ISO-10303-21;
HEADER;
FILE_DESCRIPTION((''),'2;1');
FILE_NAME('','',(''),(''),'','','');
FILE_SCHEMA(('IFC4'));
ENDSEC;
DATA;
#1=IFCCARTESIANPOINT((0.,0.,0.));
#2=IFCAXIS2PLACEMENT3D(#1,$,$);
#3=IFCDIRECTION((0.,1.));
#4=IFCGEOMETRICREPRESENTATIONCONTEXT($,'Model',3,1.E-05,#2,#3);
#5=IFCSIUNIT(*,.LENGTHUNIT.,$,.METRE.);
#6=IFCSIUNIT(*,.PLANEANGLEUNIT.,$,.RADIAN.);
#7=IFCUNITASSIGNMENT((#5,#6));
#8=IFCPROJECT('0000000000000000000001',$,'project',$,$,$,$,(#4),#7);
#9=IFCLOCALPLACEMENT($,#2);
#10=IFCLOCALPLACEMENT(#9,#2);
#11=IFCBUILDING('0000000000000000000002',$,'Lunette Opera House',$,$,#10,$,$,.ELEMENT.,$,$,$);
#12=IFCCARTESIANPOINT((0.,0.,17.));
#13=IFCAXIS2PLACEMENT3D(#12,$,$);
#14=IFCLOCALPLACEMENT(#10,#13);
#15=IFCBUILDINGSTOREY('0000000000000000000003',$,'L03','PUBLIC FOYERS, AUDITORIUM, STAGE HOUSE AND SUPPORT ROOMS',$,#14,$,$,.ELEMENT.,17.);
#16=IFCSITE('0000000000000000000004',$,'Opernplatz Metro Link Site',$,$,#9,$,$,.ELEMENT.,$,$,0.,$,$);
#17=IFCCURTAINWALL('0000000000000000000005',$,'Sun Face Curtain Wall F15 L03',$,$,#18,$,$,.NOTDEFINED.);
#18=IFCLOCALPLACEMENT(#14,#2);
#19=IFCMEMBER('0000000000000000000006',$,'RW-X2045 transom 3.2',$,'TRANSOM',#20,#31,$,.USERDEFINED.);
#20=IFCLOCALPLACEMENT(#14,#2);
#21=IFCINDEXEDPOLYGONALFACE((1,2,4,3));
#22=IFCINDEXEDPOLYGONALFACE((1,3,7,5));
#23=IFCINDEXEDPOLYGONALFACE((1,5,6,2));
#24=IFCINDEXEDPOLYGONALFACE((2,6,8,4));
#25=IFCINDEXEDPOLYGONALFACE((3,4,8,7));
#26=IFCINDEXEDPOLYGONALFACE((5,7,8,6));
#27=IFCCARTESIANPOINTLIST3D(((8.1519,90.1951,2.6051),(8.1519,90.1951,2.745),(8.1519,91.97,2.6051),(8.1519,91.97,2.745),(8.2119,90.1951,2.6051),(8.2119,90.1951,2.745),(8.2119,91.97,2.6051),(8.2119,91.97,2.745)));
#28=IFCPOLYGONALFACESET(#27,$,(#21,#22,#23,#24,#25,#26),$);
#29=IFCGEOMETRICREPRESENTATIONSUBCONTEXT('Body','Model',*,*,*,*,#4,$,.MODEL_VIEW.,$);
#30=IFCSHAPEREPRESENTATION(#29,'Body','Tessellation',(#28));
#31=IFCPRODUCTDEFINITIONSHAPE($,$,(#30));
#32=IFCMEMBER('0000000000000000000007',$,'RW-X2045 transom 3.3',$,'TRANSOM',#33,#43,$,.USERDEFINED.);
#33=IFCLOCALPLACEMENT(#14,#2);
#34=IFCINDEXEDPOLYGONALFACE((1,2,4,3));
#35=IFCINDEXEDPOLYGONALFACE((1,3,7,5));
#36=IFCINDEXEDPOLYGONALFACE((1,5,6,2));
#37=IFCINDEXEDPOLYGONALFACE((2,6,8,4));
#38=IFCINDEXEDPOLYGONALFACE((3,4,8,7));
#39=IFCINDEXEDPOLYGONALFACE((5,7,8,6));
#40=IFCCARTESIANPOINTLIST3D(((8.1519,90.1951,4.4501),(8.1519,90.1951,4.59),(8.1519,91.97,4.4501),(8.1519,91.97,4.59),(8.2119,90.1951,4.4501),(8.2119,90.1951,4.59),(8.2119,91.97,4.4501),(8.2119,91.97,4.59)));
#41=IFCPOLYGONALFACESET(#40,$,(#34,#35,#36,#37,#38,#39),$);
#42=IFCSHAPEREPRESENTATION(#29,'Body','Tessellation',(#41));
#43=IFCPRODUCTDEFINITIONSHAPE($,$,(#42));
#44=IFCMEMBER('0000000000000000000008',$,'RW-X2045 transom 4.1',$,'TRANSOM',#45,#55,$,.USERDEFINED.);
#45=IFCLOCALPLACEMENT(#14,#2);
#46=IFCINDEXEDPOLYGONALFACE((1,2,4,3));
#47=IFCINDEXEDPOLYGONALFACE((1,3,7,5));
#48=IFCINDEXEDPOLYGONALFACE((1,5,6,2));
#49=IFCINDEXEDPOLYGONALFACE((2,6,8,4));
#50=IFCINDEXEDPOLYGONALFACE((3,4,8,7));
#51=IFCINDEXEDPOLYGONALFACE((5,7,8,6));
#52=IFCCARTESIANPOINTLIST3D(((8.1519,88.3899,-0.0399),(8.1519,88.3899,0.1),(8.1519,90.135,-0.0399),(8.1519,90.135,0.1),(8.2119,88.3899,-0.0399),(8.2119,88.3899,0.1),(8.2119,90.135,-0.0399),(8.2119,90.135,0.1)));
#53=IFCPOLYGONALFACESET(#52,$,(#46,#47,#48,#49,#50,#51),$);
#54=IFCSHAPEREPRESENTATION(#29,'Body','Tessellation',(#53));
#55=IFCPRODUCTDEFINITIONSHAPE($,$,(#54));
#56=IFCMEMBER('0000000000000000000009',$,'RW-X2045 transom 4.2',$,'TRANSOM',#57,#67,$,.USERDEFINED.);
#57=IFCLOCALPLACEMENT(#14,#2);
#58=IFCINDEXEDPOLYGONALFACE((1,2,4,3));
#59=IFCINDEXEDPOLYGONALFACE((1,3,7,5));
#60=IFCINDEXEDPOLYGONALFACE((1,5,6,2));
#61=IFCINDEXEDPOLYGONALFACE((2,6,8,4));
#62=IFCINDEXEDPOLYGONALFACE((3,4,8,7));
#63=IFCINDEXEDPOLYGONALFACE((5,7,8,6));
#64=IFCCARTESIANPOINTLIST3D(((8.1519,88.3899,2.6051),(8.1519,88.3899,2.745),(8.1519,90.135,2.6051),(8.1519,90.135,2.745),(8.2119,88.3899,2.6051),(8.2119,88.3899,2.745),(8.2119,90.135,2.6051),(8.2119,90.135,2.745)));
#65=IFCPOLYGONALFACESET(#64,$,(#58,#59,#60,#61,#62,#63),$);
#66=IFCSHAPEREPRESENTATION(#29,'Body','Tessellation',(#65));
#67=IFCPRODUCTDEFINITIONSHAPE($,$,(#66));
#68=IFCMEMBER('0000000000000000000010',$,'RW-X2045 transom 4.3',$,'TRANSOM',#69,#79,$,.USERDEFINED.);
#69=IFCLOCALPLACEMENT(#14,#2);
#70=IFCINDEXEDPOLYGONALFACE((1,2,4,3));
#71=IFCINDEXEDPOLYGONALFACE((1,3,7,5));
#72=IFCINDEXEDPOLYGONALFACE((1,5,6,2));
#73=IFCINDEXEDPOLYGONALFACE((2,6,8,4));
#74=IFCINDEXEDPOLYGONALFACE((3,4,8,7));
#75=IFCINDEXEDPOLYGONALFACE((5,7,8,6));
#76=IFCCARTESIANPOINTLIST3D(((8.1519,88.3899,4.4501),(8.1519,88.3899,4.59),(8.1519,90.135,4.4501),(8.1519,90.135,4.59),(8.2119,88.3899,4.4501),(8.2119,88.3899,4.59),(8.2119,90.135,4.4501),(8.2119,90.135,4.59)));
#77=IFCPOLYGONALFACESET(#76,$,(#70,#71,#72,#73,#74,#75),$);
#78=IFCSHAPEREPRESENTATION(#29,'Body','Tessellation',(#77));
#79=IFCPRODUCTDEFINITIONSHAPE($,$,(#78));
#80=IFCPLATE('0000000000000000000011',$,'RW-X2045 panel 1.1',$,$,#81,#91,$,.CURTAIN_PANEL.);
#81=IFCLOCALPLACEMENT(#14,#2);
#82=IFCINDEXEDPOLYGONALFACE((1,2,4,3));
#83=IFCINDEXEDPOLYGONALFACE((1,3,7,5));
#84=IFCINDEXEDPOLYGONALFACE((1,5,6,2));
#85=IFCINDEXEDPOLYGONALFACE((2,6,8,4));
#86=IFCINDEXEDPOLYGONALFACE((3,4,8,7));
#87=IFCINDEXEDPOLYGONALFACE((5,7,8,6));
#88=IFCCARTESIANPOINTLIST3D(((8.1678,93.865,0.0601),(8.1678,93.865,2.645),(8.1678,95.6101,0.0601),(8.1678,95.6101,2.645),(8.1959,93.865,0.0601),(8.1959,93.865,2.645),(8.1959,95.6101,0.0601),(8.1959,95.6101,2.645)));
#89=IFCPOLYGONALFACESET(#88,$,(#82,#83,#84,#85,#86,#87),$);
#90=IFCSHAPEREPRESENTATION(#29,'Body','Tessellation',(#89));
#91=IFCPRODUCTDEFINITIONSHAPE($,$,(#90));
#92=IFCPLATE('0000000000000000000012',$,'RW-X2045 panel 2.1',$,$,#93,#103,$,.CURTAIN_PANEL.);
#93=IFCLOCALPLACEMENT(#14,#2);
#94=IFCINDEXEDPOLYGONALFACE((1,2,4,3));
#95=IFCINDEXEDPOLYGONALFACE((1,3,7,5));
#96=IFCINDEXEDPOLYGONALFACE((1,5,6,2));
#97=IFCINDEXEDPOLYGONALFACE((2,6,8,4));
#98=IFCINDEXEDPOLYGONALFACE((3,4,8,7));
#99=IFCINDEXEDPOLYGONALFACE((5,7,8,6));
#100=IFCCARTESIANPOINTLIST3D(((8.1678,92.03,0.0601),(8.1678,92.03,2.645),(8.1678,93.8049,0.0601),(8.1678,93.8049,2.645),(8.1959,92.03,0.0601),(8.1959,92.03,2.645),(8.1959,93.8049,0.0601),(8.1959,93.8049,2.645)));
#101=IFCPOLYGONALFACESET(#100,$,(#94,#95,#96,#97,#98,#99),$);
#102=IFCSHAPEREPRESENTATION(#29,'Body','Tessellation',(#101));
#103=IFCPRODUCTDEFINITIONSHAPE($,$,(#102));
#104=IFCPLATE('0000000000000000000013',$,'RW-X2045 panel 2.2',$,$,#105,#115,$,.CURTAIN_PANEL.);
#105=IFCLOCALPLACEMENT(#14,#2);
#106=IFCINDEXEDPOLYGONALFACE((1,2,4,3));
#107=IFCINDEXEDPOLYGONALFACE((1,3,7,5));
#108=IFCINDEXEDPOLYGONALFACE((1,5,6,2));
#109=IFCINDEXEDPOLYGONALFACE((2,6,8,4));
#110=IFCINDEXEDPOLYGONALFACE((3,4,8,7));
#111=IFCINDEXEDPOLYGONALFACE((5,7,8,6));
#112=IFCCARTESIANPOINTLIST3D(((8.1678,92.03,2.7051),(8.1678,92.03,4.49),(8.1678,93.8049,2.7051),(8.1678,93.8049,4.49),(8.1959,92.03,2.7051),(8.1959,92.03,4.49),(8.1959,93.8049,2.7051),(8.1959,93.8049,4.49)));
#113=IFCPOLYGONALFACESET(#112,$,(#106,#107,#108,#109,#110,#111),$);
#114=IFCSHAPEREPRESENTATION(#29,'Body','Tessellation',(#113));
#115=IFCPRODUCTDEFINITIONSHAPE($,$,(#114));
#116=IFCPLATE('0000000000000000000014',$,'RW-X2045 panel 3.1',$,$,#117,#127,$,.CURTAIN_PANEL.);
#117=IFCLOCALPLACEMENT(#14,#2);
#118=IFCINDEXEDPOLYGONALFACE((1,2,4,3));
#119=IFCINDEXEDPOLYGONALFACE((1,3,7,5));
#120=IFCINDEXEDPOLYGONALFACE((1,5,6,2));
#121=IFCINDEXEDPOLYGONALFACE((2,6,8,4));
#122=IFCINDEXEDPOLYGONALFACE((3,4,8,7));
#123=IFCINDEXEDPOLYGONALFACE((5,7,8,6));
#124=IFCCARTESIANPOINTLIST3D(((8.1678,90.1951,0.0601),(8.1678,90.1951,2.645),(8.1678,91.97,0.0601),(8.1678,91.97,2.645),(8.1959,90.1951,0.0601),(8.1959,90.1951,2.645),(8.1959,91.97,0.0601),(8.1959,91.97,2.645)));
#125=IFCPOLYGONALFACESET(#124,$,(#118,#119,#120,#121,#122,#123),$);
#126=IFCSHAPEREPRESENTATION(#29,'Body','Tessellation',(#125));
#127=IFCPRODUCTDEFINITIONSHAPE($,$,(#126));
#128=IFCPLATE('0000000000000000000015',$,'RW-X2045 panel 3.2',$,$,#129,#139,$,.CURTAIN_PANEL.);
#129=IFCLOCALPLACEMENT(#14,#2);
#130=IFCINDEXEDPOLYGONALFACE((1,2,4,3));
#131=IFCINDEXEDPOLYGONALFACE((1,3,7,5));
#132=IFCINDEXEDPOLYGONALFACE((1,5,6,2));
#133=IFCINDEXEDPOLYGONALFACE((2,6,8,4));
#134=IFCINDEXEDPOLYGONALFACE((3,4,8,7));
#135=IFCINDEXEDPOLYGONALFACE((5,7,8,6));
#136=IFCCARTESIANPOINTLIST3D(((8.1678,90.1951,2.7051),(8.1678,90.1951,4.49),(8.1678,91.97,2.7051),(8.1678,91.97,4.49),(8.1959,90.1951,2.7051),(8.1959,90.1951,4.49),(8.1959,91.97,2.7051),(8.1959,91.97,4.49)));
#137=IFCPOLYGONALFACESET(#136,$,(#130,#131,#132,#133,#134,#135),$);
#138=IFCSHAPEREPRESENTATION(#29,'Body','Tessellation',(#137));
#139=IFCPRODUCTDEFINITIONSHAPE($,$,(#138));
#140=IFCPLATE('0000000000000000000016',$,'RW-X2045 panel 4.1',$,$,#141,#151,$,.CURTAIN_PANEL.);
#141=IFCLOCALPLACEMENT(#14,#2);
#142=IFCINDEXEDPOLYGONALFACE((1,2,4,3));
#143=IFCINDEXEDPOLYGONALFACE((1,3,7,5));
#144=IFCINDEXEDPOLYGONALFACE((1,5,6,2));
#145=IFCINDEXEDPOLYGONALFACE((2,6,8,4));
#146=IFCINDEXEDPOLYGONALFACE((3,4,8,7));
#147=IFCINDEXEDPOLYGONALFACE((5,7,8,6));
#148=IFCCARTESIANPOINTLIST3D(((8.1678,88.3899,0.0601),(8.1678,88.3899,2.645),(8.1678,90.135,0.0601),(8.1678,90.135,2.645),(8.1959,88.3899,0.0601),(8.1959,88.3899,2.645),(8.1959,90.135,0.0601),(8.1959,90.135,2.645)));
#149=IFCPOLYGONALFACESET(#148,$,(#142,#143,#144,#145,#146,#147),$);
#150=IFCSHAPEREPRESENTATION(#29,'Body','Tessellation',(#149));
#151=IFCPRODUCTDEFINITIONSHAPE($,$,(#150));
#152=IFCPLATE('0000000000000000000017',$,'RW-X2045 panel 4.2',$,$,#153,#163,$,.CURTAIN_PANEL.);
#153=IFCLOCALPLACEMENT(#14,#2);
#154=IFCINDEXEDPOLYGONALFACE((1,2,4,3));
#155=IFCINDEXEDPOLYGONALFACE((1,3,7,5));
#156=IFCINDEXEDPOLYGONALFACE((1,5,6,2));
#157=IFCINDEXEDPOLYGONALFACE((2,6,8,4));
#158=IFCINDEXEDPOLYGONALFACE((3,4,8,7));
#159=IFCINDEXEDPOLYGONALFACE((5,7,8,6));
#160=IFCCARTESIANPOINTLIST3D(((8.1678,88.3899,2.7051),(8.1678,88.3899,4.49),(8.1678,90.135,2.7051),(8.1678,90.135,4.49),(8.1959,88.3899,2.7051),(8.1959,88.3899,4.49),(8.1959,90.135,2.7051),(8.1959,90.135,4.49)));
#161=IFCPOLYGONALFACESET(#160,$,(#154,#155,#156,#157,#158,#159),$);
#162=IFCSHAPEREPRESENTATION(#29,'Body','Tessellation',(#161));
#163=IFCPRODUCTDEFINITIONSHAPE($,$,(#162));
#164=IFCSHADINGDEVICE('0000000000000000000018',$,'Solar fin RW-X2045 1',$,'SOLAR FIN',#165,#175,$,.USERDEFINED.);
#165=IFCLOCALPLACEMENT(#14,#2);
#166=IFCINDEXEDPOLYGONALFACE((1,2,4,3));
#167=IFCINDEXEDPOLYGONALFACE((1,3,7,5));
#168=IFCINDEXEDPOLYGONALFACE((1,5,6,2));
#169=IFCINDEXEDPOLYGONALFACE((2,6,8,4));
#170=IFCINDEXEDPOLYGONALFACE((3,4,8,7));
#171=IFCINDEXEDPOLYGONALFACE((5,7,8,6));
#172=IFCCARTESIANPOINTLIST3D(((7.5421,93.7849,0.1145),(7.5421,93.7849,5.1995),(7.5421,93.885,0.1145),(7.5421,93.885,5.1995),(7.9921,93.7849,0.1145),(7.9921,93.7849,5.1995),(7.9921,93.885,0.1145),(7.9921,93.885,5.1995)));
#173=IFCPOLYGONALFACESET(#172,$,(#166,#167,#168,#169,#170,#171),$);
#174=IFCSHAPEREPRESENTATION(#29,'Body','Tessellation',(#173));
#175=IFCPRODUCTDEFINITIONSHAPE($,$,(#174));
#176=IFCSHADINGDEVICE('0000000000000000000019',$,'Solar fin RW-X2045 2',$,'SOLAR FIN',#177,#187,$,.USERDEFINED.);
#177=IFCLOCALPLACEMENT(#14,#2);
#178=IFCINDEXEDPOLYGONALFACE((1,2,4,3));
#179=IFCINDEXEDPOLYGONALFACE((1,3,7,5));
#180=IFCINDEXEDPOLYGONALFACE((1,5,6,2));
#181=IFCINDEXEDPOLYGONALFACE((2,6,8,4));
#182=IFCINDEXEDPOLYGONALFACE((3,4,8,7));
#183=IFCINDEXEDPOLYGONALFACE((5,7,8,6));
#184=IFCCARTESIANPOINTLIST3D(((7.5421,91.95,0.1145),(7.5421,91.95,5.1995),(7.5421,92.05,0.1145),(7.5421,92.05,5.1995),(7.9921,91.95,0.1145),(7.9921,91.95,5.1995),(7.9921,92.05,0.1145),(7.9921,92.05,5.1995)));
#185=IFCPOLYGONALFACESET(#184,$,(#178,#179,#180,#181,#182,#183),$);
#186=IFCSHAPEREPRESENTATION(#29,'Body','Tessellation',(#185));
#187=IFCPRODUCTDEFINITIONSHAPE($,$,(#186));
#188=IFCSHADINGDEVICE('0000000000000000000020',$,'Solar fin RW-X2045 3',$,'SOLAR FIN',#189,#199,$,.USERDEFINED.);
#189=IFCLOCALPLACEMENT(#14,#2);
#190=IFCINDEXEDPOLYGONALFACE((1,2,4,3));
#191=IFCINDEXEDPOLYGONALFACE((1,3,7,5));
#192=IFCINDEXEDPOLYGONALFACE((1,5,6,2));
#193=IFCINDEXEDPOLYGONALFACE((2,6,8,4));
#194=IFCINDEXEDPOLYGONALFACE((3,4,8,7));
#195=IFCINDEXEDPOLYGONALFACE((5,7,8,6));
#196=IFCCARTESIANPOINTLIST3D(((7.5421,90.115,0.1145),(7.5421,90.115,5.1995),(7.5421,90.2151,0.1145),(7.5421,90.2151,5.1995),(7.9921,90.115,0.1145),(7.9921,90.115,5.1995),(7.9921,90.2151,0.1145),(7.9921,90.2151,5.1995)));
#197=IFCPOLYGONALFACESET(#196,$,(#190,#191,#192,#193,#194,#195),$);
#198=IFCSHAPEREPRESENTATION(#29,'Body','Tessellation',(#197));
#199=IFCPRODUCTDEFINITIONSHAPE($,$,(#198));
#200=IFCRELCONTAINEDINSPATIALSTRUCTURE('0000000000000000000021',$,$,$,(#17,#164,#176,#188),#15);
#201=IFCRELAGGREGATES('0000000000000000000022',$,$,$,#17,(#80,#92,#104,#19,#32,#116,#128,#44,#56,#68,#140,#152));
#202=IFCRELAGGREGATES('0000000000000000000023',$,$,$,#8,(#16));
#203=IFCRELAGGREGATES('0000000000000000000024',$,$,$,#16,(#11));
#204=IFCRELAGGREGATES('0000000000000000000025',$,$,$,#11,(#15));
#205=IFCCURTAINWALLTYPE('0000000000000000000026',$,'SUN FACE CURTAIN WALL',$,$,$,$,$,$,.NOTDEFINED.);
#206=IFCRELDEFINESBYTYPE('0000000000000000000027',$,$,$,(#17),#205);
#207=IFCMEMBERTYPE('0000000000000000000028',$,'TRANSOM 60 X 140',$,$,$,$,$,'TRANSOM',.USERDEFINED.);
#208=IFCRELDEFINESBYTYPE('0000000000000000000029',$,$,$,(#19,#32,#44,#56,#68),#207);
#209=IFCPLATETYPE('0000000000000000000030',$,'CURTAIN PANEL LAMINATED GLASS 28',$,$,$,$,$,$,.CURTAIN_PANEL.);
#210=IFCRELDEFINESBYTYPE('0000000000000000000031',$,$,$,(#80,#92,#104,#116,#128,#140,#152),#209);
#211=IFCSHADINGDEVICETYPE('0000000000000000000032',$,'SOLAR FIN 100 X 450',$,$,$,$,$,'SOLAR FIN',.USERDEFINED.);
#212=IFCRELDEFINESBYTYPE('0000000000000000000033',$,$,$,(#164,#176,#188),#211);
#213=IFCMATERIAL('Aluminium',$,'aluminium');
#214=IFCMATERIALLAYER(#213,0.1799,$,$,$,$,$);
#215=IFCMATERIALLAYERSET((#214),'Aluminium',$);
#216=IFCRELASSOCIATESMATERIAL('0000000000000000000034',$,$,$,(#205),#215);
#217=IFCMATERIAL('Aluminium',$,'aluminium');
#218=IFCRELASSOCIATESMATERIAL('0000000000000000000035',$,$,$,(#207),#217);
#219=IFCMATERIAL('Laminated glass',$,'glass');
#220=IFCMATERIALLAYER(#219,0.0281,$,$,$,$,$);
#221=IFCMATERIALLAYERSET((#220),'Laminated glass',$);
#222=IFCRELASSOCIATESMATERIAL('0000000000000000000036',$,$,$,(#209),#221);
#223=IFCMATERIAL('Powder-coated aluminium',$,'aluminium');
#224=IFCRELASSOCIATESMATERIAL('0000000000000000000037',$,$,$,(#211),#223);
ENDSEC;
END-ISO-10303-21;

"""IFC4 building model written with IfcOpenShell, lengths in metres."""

from ifc_helpers import new_model, si_unit, direction, frame, origin, origin_2d, place, context, subcontext, project, spatial, rectangle, extrude, material, layer, layer_set, material_profile, profile_set, type_object, element, aggregate, save


model = new_model("IFC4")

# Units and contexts
model_context = context("Model", 3, precision=1e-05, world=origin(), true_north=direction((0.0, 1.0)))
body_context = subcontext(model_context, "Body", "Model", "MODEL_VIEW")
ifc_project = project(units=[si_unit("LENGTHUNIT", "METRE"), si_unit("PLANEANGLEUNIT", "RADIAN")], contexts=[model_context])

# Site, building, storey
site_placement = place(None, origin())
site = spatial("IfcSite", under=ifc_project, at=site_placement, Name="Opernplatz Metro Link Site", CompositionType="ELEMENT", RefElevation=0.0)
building_placement = place(site_placement, origin())
building = spatial("IfcBuilding", under=site, at=building_placement, Name="Lunette Opera House", CompositionType="ELEMENT")
storey_placement = place(building_placement, frame((0.0, 0.0, 17.0)))
storey = spatial("IfcBuildingStorey", under=building, at=storey_placement, Name="L03", Description="PUBLIC FOYERS, AUDITORIUM, STAGE HOUSE AND SUPPORT ROOMS", CompositionType="ELEMENT", Elevation=17.0)

# Curtain wall
ifc_material_1 = material(Name="Aluminium", Category="aluminium")
ifc_layer_1 = layer(ifc_material_1, 0.1799)
ifc_layer_set_1 = layer_set([ifc_layer_1], Name="Aluminium")
curtain_wall_type = type_object("IfcCurtainWallType", Name="SUN FACE CURTAIN WALL", PredefinedType="NOTDEFINED", material=ifc_layer_set_1)
curtain_wall_placement = place(storey_placement, origin())
curtain_wall = element("IfcCurtainWall", 1, at=curtain_wall_placement, inside=storey, type_object=curtain_wall_type, Name="Sun Face Curtain Wall F15 L03", PredefinedType="NOTDEFINED")

# Members
ifc_material_2 = material(Name="Aluminium", Category="aluminium")
ifc_material_profile_1 = material_profile(ifc_material_2, rectangle(XDim=0.0601, YDim=0.1399, at=origin_2d()), Name="TRANSOM 60 X 140")
ifc_profile_set_1 = profile_set([ifc_material_profile_1], Name="Aluminium")
member_type_1 = type_object("IfcMemberType", Name="TRANSOM 60 X 140", ElementType="TRANSOM", PredefinedType="USERDEFINED", material=ifc_profile_set_1)
member_1_placement = place(storey_placement, frame((8.1819, 91.97, 2.675), z_axis=(0.0, -1.0, 0.0), x_axis=(1.0, 0.0, 0.0)))
member_1 = element("IfcMember", 2, at=member_1_placement, type_object=member_type_1, Name="RW-X2045 transom 3.2", ObjectType="TRANSOM", PredefinedType="USERDEFINED", context=body_context, shape_type="SweptSolid", body=[
    extrude(rectangle(XDim=0.0601, YDim=0.1399, at=origin_2d()), origin(), (0.0, 0.0, 1.0), 1.7749),
])
member_2_placement = place(storey_placement, frame((8.1819, 91.97, 4.52), z_axis=(0.0, -1.0, 0.0), x_axis=(1.0, 0.0, 0.0)))
member_2 = element("IfcMember", 3, at=member_2_placement, type_object=member_type_1, Name="RW-X2045 transom 3.3", ObjectType="TRANSOM", PredefinedType="USERDEFINED", context=body_context, shape_type="SweptSolid", body=[
    extrude(rectangle(XDim=0.0601, YDim=0.1399, at=origin_2d()), origin(), (0.0, 0.0, 1.0), 1.7749),
])
member_3_placement = place(storey_placement, frame((8.1819, 90.135, 0.03), z_axis=(0.0, -1.0, 0.0), x_axis=(1.0, 0.0, 0.0)))
member_3 = element("IfcMember", 4, at=member_3_placement, type_object=member_type_1, Name="RW-X2045 transom 4.1", ObjectType="TRANSOM", PredefinedType="USERDEFINED", context=body_context, shape_type="SweptSolid", body=[
    extrude(rectangle(XDim=0.0601, YDim=0.1399, at=origin_2d()), origin(), (0.0, 0.0, 1.0), 1.7451),
])
member_4_placement = place(storey_placement, frame((8.1819, 90.135, 2.675), z_axis=(0.0, -1.0, 0.0), x_axis=(1.0, 0.0, 0.0)))
member_4 = element("IfcMember", 5, at=member_4_placement, type_object=member_type_1, Name="RW-X2045 transom 4.2", ObjectType="TRANSOM", PredefinedType="USERDEFINED", context=body_context, shape_type="SweptSolid", body=[
    extrude(rectangle(XDim=0.0601, YDim=0.1399, at=origin_2d()), origin(), (0.0, 0.0, 1.0), 1.7451),
])
member_5_placement = place(storey_placement, frame((8.1819, 90.135, 4.52), z_axis=(0.0, -1.0, 0.0), x_axis=(1.0, 0.0, 0.0)))
member_5 = element("IfcMember", 6, at=member_5_placement, type_object=member_type_1, Name="RW-X2045 transom 4.3", ObjectType="TRANSOM", PredefinedType="USERDEFINED", context=body_context, shape_type="SweptSolid", body=[
    extrude(rectangle(XDim=0.0601, YDim=0.1399, at=origin_2d()), origin(), (0.0, 0.0, 1.0), 1.7451),
])

# Plates
ifc_material_3 = material(Name="Laminated glass", Category="glass")
ifc_layer_2 = layer(ifc_material_3, 0.0281)
ifc_layer_set_2 = layer_set([ifc_layer_2], Name="Laminated glass")
plate_type = type_object("IfcPlateType", Name="CURTAIN PANEL LAMINATED GLASS 28", PredefinedType="CURTAIN_PANEL", material=ifc_layer_set_2)
plate_1_placement = place(storey_placement, frame((8.1819, 94.7375, 0.0601), z_axis=(0.0, 0.0, 1.0), x_axis=(0.0, -1.0, 0.0)))
plate_1 = element("IfcPlate", 7, at=plate_1_placement, type_object=plate_type, Name="RW-X2045 panel 1.1", PredefinedType="CURTAIN_PANEL", context=body_context, shape_type="SweptSolid", body=[
    extrude(rectangle(XDim=1.7451, YDim=0.0281, at=origin_2d()), origin(), (0.0, 0.0, 1.0), 2.585),
])
plate_2_placement = place(storey_placement, frame((8.1819, 92.9175, 0.0601), z_axis=(0.0, 0.0, 1.0), x_axis=(0.0, -1.0, 0.0)))
plate_2 = element("IfcPlate", 8, at=plate_2_placement, type_object=plate_type, Name="RW-X2045 panel 2.1", PredefinedType="CURTAIN_PANEL", context=body_context, shape_type="SweptSolid", body=[
    extrude(rectangle(XDim=1.7749, YDim=0.0281, at=origin_2d()), origin(), (0.0, 0.0, 1.0), 2.585),
])
plate_3_placement = place(storey_placement, frame((8.1819, 92.9175, 2.7051), z_axis=(0.0, 0.0, 1.0), x_axis=(0.0, -1.0, 0.0)))
plate_3 = element("IfcPlate", 9, at=plate_3_placement, type_object=plate_type, Name="RW-X2045 panel 2.2", PredefinedType="CURTAIN_PANEL", context=body_context, shape_type="SweptSolid", body=[
    extrude(rectangle(XDim=1.7749, YDim=0.0281, at=origin_2d()), origin(), (0.0, 0.0, 1.0), 1.7849),
])
plate_4_placement = place(storey_placement, frame((8.1819, 91.0825, 0.0601), z_axis=(0.0, 0.0, 1.0), x_axis=(0.0, -1.0, 0.0)))
plate_4 = element("IfcPlate", 10, at=plate_4_placement, type_object=plate_type, Name="RW-X2045 panel 3.1", PredefinedType="CURTAIN_PANEL", context=body_context, shape_type="SweptSolid", body=[
    extrude(rectangle(XDim=1.7749, YDim=0.0281, at=origin_2d()), origin(), (0.0, 0.0, 1.0), 2.585),
])
plate_5_placement = place(storey_placement, frame((8.1819, 91.0825, 2.7051), z_axis=(0.0, 0.0, 1.0), x_axis=(0.0, -1.0, 0.0)))
plate_5 = element("IfcPlate", 11, at=plate_5_placement, type_object=plate_type, Name="RW-X2045 panel 3.2", PredefinedType="CURTAIN_PANEL", context=body_context, shape_type="SweptSolid", body=[
    extrude(rectangle(XDim=1.7749, YDim=0.0281, at=origin_2d()), origin(), (0.0, 0.0, 1.0), 1.7849),
])
plate_6_placement = place(storey_placement, frame((8.1819, 89.2625, 0.0601), z_axis=(0.0, 0.0, 1.0), x_axis=(0.0, -1.0, 0.0)))
plate_6 = element("IfcPlate", 12, at=plate_6_placement, type_object=plate_type, Name="RW-X2045 panel 4.1", PredefinedType="CURTAIN_PANEL", context=body_context, shape_type="SweptSolid", body=[
    extrude(rectangle(XDim=1.7451, YDim=0.0281, at=origin_2d()), origin(), (0.0, 0.0, 1.0), 2.585),
])
plate_7_placement = place(storey_placement, frame((8.1819, 89.2625, 2.7051), z_axis=(0.0, 0.0, 1.0), x_axis=(0.0, -1.0, 0.0)))
plate_7 = element("IfcPlate", 13, at=plate_7_placement, type_object=plate_type, Name="RW-X2045 panel 4.2", PredefinedType="CURTAIN_PANEL", context=body_context, shape_type="SweptSolid", body=[
    extrude(rectangle(XDim=1.7451, YDim=0.0281, at=origin_2d()), origin(), (0.0, 0.0, 1.0), 1.7849),
])
aggregate(curtain_wall, [plate_1, plate_2, plate_3, member_1, member_2, plate_4, plate_5, member_3, member_4, member_5, plate_6, plate_7])

# Shading devices
ifc_material_4 = material(Name="Powder-coated aluminium", Category="aluminium")
shading_device_type = type_object("IfcShadingDeviceType", Name="SOLAR FIN 100 X 450", ElementType="SOLAR FIN", PredefinedType="USERDEFINED", material=ifc_material_4)
for number, where, z_axis, x_axis, name in (
    (14, (7.7671, 93.835, 0.1145), (0.0, 0.0, 1.0), (-1.0, 0.0, 0.0), "Solar fin RW-X2045 1"),
    (15, (7.7671, 92.0, 0.1145), (0.0, 0.0, 1.0), (-1.0, 0.0, 0.0), "Solar fin RW-X2045 2"),
    (16, (7.7671, 90.165, 0.1145), (0.0, 0.0, 1.0), (-1.0, 0.0, 0.0), "Solar fin RW-X2045 3"),
):
    element("IfcShadingDevice", number, at=place(storey_placement, frame(where, z_axis=z_axis, x_axis=x_axis)), inside=storey, type_object=shading_device_type, Name=name, ObjectType="SOLAR FIN", PredefinedType="USERDEFINED", context=body_context, shape_type="SweptSolid", body=[
        extrude(rectangle(XDim=0.45, YDim=0.1001, at=origin_2d()), origin(), (0.0, 0.0, 1.0), 5.085),
    ])

save(model, "model.ifc")
